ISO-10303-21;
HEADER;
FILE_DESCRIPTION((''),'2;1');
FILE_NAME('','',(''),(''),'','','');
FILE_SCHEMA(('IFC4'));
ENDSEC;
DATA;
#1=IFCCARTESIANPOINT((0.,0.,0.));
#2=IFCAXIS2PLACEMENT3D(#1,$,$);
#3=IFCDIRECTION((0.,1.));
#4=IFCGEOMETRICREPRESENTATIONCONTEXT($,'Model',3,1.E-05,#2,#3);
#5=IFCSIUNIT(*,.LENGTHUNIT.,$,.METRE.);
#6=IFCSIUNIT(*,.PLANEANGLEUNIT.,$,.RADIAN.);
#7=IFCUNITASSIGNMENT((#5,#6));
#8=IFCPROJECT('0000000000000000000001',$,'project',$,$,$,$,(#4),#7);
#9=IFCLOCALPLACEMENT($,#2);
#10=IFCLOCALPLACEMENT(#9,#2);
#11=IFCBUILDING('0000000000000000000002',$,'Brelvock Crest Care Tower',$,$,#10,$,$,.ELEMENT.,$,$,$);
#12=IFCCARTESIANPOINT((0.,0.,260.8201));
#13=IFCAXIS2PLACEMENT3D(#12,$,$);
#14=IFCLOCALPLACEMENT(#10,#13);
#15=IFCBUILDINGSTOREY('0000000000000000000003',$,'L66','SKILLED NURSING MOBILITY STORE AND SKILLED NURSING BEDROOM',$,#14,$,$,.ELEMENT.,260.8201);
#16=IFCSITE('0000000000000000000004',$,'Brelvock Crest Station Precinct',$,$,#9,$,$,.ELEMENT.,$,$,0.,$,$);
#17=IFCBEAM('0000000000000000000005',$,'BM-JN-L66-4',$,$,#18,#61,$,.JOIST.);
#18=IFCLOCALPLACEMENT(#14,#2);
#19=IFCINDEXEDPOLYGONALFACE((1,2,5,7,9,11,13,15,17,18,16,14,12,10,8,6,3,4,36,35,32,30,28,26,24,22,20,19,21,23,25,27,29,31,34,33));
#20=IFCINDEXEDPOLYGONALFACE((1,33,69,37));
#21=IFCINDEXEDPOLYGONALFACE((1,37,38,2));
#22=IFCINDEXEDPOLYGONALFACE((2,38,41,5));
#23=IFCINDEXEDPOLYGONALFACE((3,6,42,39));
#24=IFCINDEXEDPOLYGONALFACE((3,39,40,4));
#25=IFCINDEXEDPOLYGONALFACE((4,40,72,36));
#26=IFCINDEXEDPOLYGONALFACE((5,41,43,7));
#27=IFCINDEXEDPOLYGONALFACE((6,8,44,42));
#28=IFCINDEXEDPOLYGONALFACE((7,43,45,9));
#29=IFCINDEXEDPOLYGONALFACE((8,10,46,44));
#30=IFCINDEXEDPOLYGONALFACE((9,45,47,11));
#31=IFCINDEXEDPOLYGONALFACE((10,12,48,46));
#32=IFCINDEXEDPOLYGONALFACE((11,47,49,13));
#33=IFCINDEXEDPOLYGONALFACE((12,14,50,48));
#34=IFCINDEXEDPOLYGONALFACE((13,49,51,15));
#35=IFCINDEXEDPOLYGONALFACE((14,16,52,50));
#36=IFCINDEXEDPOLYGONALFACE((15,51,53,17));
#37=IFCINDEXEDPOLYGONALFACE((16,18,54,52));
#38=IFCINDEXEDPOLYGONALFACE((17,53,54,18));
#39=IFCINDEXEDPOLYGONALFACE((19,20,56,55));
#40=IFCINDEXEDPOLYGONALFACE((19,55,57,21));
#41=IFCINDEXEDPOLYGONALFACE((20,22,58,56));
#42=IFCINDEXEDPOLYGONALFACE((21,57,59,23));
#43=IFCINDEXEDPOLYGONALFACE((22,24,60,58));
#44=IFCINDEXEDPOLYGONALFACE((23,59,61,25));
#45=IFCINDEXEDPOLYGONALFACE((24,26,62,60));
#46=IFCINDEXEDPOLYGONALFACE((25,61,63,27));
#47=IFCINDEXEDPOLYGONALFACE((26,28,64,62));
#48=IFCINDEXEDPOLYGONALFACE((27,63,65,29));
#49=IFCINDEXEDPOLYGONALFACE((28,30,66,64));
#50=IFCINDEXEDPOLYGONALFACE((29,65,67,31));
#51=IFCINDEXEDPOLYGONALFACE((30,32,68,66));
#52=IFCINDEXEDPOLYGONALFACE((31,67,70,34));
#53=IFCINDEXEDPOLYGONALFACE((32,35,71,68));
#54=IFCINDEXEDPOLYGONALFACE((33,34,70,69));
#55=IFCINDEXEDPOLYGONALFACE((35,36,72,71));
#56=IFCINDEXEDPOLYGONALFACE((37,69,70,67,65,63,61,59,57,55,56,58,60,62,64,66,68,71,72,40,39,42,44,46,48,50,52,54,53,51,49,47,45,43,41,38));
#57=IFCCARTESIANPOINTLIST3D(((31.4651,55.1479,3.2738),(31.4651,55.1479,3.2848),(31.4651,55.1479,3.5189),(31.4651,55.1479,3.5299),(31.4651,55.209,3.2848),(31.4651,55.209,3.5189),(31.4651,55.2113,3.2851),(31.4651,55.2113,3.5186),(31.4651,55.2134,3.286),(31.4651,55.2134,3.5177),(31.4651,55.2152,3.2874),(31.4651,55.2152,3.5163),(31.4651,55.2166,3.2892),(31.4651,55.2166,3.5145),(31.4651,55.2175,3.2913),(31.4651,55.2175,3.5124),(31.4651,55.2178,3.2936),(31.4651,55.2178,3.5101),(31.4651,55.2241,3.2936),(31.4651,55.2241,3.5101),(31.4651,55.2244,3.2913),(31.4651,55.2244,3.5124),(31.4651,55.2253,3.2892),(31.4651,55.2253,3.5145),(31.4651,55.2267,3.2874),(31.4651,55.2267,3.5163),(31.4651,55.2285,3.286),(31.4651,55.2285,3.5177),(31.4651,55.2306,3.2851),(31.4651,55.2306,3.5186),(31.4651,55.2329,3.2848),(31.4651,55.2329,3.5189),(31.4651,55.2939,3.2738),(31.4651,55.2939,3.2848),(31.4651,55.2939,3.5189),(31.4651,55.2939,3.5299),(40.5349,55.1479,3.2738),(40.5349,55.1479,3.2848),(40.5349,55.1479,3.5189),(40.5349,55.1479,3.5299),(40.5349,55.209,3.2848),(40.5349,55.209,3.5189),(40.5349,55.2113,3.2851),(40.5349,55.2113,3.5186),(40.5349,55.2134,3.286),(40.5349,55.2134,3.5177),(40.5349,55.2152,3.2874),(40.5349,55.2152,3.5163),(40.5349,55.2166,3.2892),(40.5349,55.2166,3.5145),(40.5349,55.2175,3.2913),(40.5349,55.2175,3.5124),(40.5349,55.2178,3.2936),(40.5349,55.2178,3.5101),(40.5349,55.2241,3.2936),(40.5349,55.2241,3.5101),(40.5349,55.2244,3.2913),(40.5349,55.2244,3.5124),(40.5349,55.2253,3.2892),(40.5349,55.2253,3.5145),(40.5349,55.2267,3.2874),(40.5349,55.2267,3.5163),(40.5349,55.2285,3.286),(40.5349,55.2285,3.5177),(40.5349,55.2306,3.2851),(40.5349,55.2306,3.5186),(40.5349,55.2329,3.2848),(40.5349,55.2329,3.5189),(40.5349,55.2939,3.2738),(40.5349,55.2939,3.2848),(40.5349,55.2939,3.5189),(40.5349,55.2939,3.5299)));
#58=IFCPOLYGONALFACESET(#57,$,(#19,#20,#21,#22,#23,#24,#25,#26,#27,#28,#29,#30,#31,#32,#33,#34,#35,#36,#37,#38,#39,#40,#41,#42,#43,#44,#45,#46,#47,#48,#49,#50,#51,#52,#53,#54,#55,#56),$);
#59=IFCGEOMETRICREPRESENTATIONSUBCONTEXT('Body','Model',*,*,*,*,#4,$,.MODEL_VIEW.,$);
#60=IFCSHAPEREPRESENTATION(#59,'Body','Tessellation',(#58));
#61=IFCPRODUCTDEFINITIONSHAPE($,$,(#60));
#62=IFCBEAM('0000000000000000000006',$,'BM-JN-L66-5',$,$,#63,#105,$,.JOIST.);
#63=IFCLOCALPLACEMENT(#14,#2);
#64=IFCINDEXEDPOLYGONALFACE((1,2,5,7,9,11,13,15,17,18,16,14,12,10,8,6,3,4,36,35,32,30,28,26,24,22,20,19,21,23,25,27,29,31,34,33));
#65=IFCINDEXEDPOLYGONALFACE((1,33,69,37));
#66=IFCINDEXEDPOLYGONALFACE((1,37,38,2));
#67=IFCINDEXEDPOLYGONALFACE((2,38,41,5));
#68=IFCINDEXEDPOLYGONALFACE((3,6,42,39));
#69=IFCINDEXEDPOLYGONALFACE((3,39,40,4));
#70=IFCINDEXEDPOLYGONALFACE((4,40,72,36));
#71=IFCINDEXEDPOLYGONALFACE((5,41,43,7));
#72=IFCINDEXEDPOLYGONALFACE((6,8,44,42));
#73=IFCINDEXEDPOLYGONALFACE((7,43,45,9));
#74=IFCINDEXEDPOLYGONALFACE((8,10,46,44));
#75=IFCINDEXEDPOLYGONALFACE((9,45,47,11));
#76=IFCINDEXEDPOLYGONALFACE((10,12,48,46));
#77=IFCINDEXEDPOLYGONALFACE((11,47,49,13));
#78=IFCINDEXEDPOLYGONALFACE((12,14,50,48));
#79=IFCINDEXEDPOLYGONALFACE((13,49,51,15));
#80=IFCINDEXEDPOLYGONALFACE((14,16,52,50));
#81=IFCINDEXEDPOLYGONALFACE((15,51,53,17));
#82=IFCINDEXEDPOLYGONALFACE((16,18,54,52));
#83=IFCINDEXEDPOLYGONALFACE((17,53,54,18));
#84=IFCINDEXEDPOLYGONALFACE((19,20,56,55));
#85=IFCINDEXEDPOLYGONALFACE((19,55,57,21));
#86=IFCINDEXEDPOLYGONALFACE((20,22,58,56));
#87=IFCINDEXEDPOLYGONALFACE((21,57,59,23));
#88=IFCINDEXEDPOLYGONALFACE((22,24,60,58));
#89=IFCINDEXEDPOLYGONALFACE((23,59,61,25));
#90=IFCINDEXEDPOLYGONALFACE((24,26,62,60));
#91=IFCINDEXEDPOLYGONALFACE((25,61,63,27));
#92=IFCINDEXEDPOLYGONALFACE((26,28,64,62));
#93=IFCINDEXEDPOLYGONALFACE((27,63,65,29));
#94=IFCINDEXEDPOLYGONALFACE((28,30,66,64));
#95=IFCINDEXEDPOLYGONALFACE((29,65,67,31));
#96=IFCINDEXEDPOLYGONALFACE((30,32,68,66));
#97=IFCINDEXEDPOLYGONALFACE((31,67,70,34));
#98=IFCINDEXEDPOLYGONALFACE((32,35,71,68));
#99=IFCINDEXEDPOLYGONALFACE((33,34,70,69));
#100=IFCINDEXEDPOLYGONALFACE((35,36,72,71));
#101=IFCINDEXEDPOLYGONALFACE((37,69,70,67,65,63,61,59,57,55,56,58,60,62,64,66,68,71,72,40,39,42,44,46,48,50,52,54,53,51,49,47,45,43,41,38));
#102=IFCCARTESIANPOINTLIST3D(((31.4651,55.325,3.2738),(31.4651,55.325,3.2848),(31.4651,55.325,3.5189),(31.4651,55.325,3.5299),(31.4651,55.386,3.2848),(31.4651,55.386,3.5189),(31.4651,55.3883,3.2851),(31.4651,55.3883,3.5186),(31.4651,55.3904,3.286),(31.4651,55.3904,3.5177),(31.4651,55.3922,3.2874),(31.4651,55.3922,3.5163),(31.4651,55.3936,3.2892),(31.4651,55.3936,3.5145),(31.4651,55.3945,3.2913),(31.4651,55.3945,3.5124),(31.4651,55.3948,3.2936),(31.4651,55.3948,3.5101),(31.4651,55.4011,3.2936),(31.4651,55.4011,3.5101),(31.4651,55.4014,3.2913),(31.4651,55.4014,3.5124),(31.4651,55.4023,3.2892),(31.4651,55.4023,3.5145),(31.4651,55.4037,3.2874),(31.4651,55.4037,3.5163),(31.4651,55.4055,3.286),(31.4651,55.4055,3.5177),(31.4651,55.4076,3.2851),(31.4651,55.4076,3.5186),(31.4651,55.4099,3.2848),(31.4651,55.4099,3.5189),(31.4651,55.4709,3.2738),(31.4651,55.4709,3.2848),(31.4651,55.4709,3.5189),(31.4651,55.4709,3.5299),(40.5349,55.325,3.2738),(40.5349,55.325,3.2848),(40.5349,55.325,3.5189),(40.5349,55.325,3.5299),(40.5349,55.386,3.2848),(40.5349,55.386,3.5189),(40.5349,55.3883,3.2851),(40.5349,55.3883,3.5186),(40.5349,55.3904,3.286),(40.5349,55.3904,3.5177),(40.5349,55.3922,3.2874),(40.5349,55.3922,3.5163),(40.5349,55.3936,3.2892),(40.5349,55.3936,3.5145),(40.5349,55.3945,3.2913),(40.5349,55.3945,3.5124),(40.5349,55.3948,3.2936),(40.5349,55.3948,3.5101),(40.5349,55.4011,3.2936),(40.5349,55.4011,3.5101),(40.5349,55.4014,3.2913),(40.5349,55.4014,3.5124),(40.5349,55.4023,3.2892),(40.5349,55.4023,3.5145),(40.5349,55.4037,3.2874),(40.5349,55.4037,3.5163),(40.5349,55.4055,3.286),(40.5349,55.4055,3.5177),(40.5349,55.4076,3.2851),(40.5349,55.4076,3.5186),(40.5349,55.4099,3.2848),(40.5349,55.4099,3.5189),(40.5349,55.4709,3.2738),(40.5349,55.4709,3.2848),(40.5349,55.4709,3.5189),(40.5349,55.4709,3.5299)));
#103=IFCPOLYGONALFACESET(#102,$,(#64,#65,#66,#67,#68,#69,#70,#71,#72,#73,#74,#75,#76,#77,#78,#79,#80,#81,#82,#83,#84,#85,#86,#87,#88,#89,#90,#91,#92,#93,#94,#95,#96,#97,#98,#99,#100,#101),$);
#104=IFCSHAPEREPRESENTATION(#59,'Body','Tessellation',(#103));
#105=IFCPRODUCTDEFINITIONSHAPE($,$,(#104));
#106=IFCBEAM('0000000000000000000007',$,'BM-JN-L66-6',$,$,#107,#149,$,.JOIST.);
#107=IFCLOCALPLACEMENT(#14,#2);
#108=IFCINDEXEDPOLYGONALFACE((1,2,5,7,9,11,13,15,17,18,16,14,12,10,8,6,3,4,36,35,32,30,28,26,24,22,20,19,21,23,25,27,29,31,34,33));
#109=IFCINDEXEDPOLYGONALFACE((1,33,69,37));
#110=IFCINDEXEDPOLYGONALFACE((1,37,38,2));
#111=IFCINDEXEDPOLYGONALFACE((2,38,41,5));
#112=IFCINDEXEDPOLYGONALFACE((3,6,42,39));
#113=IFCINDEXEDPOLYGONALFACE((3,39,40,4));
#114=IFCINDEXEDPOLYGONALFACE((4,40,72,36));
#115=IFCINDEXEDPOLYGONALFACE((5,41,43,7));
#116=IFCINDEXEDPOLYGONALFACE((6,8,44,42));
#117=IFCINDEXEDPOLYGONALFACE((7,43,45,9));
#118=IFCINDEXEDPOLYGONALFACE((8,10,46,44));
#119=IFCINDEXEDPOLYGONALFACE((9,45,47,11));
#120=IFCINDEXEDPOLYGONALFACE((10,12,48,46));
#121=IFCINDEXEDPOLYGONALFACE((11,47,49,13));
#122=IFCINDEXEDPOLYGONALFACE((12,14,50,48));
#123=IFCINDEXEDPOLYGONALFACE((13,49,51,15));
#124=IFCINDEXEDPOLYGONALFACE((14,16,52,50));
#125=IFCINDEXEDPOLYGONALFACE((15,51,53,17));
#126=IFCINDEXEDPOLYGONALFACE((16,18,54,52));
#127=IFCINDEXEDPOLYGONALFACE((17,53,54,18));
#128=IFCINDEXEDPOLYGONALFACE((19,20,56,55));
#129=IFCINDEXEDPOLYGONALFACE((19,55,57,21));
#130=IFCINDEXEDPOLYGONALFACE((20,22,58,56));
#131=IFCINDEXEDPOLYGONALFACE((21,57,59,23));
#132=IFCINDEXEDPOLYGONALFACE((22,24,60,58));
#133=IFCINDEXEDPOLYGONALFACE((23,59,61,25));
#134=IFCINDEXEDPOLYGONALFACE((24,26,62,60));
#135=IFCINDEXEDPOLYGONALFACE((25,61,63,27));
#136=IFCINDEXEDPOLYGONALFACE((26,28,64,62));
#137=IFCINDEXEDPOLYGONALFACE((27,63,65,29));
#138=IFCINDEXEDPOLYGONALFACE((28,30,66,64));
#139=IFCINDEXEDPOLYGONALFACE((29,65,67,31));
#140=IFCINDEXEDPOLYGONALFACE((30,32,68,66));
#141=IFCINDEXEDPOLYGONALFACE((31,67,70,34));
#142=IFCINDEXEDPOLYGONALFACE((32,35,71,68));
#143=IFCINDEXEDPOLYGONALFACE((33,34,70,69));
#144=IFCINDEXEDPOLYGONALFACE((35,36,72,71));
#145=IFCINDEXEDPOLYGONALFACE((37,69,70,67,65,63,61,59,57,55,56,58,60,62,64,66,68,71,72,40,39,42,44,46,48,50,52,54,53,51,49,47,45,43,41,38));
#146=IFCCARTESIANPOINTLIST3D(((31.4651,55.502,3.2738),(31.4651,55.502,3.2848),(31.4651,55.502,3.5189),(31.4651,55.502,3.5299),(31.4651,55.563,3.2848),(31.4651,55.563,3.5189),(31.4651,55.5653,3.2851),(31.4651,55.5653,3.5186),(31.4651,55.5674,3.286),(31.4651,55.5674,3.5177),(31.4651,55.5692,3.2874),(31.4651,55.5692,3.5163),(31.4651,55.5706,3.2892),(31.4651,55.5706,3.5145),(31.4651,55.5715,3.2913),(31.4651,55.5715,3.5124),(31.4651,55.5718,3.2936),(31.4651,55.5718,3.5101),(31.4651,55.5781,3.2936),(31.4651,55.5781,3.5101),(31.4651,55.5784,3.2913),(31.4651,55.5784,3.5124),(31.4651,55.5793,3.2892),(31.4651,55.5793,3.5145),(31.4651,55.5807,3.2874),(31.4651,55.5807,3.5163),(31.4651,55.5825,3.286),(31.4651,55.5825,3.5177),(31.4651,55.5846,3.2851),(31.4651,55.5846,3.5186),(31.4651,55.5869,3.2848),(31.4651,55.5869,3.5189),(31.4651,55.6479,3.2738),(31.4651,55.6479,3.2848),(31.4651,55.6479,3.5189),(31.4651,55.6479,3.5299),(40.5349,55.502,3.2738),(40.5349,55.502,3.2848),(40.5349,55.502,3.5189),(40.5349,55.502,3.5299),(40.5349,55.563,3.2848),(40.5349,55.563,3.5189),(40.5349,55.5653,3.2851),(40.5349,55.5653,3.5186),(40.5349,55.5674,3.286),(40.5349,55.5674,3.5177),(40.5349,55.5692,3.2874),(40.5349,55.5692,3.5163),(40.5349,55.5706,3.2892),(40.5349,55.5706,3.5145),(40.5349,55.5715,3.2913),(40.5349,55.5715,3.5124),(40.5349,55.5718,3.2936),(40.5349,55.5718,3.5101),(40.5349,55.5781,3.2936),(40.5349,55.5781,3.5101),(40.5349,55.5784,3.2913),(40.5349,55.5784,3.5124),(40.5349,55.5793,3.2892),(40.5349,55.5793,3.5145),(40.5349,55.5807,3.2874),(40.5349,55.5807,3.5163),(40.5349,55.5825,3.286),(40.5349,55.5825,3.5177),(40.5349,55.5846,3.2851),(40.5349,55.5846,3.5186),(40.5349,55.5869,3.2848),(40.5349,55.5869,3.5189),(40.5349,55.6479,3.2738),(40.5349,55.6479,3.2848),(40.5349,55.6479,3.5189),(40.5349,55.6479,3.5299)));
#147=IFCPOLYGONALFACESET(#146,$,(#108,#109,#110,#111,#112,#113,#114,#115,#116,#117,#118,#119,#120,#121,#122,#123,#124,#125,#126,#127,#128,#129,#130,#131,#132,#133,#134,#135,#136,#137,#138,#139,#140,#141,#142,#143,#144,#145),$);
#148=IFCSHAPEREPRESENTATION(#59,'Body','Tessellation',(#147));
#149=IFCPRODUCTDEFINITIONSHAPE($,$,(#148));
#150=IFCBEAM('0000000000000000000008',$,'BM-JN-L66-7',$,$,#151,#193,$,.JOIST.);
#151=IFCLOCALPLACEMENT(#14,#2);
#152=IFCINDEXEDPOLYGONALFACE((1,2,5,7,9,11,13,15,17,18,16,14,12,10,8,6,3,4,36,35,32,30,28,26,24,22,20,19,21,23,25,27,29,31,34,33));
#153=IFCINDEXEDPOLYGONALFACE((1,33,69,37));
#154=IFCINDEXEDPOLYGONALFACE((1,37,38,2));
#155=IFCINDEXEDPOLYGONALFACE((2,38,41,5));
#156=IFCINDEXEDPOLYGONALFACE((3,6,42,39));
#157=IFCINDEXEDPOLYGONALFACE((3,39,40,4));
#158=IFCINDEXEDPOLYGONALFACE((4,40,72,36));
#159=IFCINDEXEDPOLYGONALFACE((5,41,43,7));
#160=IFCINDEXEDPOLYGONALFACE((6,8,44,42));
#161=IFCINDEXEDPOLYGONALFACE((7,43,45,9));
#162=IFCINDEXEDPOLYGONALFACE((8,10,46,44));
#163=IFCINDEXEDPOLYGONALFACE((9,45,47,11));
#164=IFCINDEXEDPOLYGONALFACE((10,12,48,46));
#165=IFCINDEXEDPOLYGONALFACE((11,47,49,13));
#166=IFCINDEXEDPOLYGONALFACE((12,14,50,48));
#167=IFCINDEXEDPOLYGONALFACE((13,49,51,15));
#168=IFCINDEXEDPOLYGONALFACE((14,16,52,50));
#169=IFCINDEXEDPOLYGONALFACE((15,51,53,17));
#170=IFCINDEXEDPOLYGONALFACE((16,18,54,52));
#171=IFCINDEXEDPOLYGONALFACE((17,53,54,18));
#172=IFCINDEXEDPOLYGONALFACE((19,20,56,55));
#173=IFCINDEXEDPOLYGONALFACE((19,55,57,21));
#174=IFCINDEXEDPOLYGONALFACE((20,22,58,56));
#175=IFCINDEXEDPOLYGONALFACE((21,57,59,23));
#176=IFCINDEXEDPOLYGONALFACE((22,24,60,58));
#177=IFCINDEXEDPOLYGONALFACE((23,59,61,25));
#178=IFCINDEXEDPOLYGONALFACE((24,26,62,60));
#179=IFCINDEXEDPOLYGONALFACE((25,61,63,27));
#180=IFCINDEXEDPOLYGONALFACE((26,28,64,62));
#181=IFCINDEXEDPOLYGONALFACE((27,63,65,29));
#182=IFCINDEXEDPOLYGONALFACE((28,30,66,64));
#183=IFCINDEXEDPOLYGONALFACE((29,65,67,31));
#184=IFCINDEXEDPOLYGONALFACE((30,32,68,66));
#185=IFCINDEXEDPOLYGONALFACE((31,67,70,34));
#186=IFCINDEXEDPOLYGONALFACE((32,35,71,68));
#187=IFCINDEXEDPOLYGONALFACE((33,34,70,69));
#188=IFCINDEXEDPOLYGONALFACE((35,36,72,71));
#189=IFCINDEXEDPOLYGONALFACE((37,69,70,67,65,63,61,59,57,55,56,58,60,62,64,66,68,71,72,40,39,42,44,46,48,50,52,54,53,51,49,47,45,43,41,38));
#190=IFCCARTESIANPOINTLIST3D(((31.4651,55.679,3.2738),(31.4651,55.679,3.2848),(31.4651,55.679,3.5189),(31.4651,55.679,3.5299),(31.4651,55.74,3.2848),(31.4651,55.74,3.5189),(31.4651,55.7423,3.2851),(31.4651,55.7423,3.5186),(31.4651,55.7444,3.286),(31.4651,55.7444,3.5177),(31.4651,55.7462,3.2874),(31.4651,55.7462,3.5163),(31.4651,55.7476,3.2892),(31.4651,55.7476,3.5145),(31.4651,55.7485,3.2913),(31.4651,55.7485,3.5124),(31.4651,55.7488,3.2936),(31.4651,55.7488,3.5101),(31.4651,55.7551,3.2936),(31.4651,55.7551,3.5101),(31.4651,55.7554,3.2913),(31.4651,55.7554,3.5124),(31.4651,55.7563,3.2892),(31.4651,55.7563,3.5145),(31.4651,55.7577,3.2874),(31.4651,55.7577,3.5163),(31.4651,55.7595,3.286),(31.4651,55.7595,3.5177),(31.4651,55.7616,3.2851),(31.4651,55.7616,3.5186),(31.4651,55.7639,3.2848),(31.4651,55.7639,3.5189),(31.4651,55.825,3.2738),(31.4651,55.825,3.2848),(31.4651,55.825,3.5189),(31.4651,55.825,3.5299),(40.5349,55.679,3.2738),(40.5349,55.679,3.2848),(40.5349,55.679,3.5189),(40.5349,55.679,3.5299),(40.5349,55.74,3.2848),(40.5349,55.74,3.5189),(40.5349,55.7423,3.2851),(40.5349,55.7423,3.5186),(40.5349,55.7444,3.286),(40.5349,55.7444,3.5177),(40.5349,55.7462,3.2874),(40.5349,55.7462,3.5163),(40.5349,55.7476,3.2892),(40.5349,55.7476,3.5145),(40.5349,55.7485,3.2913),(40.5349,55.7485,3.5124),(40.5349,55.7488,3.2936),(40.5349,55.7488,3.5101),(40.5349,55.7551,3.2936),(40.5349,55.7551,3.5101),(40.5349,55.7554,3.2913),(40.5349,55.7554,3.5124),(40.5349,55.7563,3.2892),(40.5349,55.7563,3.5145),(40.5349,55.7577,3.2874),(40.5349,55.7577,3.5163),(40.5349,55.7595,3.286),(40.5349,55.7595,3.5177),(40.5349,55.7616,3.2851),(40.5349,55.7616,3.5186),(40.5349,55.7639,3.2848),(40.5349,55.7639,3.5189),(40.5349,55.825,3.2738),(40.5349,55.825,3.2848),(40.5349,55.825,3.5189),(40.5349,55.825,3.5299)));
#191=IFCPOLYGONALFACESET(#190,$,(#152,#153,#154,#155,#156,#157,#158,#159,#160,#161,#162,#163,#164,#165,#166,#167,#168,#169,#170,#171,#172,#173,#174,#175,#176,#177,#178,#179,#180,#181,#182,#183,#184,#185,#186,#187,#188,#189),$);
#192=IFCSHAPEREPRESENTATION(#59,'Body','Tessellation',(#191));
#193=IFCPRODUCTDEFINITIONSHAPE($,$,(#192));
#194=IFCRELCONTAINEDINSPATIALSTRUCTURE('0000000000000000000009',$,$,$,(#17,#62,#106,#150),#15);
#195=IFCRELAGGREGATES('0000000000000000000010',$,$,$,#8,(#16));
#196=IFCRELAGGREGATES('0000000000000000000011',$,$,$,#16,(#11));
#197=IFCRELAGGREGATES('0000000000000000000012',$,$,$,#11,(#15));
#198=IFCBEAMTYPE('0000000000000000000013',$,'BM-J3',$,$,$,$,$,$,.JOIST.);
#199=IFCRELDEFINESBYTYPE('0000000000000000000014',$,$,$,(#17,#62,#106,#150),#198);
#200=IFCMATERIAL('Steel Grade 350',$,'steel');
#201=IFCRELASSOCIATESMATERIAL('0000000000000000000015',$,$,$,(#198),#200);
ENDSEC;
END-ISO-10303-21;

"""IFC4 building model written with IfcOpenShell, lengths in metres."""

from ifc_helpers import new_model, si_unit, direction, frame, origin, origin_2d, place, context, subcontext, project, spatial, i_section, extrude, source, transform, mapped, material, material_profile, profile_set, type_object, element, save


model = new_model("IFC4")

# Units and contexts
model_context = context("Model", 3, precision=1e-05, world=origin(), true_north=direction((0.0, 1.0)))
body_context = subcontext(model_context, "Body", "Model", "MODEL_VIEW")
ifc_project = project(units=[si_unit("LENGTHUNIT", "METRE"), si_unit("PLANEANGLEUNIT", "RADIAN")], contexts=[model_context])

# Site, building, storey
site_placement = place(None, origin())
site = spatial("IfcSite", under=ifc_project, at=site_placement, Name="Brelvock Crest Station Precinct", CompositionType="ELEMENT", RefElevation=0.0)
building_placement = place(site_placement, origin())
building = spatial("IfcBuilding", under=site, at=building_placement, Name="Brelvock Crest Care Tower", CompositionType="ELEMENT")
storey_placement = place(building_placement, frame((0.0, 0.0, 260.8201)))
storey = spatial("IfcBuildingStorey", under=building, at=storey_placement, Name="L66", Description="SKILLED NURSING MOBILITY STORE AND SKILLED NURSING BEDROOM", CompositionType="ELEMENT", Elevation=260.8201)

# Shared definitions
ifc_material_1 = material(Name="Steel Grade 350", Category="steel")

# Beams
ifc_material_profile_1 = material_profile(ifc_material_1, i_section(OverallWidth=0.146, OverallDepth=0.2561, WebThickness=0.0063, FlangeThickness=0.011, FilletRadius=0.0088, at=origin_2d()), Name="250UB37.3")
ifc_profile_set_1 = profile_set([ifc_material_profile_1], Name="Steel Grade 350")
beam_type_1 = type_object("IfcBeamType", Name="BM-J3", PredefinedType="JOIST", material=ifc_profile_set_1)
shared_shape_1 = source(origin(), body_context, "Body", "SweptSolid", [
    extrude(i_section(OverallWidth=0.146, OverallDepth=0.2561, WebThickness=0.0063, FlangeThickness=0.011, FilletRadius=0.0088, at=origin_2d()), origin(), (0.0, 0.0, 1.0), 9.0698),
])
for number, where, z_axis, x_axis, name in (
    (1, (31.4651, 55.2209, 3.4019), (1.0, 0.0, 0.0), (0.0, 1.0, 0.0), "BM-JN-L66-4"),
    (2, (31.4651, 55.3979, 3.4019), (1.0, 0.0, 0.0), (0.0, 1.0, 0.0), "BM-JN-L66-5"),
    (3, (31.4651, 55.575, 3.4019), (1.0, 0.0, 0.0), (0.0, 1.0, 0.0), "BM-JN-L66-6"),
    (4, (31.4651, 55.752, 3.4019), (1.0, 0.0, 0.0), (0.0, 1.0, 0.0), "BM-JN-L66-7"),
):
    element("IfcBeam", number, at=place(storey_placement, frame(where, z_axis=z_axis, x_axis=x_axis)), inside=storey, type_object=beam_type_1, Name=name, PredefinedType="JOIST", context=body_context, shape_type="MappedRepresentation", body=[
        mapped(shared_shape_1, transform((0.0, 0.0, 0.0), x_axis=(1.0, 0.0, 0.0), y_axis=(0.0, 1.0, 0.0), z_axis=(0.0, 0.0, 1.0), scale=1.0)),
    ])

save(model, "model.ifc")
